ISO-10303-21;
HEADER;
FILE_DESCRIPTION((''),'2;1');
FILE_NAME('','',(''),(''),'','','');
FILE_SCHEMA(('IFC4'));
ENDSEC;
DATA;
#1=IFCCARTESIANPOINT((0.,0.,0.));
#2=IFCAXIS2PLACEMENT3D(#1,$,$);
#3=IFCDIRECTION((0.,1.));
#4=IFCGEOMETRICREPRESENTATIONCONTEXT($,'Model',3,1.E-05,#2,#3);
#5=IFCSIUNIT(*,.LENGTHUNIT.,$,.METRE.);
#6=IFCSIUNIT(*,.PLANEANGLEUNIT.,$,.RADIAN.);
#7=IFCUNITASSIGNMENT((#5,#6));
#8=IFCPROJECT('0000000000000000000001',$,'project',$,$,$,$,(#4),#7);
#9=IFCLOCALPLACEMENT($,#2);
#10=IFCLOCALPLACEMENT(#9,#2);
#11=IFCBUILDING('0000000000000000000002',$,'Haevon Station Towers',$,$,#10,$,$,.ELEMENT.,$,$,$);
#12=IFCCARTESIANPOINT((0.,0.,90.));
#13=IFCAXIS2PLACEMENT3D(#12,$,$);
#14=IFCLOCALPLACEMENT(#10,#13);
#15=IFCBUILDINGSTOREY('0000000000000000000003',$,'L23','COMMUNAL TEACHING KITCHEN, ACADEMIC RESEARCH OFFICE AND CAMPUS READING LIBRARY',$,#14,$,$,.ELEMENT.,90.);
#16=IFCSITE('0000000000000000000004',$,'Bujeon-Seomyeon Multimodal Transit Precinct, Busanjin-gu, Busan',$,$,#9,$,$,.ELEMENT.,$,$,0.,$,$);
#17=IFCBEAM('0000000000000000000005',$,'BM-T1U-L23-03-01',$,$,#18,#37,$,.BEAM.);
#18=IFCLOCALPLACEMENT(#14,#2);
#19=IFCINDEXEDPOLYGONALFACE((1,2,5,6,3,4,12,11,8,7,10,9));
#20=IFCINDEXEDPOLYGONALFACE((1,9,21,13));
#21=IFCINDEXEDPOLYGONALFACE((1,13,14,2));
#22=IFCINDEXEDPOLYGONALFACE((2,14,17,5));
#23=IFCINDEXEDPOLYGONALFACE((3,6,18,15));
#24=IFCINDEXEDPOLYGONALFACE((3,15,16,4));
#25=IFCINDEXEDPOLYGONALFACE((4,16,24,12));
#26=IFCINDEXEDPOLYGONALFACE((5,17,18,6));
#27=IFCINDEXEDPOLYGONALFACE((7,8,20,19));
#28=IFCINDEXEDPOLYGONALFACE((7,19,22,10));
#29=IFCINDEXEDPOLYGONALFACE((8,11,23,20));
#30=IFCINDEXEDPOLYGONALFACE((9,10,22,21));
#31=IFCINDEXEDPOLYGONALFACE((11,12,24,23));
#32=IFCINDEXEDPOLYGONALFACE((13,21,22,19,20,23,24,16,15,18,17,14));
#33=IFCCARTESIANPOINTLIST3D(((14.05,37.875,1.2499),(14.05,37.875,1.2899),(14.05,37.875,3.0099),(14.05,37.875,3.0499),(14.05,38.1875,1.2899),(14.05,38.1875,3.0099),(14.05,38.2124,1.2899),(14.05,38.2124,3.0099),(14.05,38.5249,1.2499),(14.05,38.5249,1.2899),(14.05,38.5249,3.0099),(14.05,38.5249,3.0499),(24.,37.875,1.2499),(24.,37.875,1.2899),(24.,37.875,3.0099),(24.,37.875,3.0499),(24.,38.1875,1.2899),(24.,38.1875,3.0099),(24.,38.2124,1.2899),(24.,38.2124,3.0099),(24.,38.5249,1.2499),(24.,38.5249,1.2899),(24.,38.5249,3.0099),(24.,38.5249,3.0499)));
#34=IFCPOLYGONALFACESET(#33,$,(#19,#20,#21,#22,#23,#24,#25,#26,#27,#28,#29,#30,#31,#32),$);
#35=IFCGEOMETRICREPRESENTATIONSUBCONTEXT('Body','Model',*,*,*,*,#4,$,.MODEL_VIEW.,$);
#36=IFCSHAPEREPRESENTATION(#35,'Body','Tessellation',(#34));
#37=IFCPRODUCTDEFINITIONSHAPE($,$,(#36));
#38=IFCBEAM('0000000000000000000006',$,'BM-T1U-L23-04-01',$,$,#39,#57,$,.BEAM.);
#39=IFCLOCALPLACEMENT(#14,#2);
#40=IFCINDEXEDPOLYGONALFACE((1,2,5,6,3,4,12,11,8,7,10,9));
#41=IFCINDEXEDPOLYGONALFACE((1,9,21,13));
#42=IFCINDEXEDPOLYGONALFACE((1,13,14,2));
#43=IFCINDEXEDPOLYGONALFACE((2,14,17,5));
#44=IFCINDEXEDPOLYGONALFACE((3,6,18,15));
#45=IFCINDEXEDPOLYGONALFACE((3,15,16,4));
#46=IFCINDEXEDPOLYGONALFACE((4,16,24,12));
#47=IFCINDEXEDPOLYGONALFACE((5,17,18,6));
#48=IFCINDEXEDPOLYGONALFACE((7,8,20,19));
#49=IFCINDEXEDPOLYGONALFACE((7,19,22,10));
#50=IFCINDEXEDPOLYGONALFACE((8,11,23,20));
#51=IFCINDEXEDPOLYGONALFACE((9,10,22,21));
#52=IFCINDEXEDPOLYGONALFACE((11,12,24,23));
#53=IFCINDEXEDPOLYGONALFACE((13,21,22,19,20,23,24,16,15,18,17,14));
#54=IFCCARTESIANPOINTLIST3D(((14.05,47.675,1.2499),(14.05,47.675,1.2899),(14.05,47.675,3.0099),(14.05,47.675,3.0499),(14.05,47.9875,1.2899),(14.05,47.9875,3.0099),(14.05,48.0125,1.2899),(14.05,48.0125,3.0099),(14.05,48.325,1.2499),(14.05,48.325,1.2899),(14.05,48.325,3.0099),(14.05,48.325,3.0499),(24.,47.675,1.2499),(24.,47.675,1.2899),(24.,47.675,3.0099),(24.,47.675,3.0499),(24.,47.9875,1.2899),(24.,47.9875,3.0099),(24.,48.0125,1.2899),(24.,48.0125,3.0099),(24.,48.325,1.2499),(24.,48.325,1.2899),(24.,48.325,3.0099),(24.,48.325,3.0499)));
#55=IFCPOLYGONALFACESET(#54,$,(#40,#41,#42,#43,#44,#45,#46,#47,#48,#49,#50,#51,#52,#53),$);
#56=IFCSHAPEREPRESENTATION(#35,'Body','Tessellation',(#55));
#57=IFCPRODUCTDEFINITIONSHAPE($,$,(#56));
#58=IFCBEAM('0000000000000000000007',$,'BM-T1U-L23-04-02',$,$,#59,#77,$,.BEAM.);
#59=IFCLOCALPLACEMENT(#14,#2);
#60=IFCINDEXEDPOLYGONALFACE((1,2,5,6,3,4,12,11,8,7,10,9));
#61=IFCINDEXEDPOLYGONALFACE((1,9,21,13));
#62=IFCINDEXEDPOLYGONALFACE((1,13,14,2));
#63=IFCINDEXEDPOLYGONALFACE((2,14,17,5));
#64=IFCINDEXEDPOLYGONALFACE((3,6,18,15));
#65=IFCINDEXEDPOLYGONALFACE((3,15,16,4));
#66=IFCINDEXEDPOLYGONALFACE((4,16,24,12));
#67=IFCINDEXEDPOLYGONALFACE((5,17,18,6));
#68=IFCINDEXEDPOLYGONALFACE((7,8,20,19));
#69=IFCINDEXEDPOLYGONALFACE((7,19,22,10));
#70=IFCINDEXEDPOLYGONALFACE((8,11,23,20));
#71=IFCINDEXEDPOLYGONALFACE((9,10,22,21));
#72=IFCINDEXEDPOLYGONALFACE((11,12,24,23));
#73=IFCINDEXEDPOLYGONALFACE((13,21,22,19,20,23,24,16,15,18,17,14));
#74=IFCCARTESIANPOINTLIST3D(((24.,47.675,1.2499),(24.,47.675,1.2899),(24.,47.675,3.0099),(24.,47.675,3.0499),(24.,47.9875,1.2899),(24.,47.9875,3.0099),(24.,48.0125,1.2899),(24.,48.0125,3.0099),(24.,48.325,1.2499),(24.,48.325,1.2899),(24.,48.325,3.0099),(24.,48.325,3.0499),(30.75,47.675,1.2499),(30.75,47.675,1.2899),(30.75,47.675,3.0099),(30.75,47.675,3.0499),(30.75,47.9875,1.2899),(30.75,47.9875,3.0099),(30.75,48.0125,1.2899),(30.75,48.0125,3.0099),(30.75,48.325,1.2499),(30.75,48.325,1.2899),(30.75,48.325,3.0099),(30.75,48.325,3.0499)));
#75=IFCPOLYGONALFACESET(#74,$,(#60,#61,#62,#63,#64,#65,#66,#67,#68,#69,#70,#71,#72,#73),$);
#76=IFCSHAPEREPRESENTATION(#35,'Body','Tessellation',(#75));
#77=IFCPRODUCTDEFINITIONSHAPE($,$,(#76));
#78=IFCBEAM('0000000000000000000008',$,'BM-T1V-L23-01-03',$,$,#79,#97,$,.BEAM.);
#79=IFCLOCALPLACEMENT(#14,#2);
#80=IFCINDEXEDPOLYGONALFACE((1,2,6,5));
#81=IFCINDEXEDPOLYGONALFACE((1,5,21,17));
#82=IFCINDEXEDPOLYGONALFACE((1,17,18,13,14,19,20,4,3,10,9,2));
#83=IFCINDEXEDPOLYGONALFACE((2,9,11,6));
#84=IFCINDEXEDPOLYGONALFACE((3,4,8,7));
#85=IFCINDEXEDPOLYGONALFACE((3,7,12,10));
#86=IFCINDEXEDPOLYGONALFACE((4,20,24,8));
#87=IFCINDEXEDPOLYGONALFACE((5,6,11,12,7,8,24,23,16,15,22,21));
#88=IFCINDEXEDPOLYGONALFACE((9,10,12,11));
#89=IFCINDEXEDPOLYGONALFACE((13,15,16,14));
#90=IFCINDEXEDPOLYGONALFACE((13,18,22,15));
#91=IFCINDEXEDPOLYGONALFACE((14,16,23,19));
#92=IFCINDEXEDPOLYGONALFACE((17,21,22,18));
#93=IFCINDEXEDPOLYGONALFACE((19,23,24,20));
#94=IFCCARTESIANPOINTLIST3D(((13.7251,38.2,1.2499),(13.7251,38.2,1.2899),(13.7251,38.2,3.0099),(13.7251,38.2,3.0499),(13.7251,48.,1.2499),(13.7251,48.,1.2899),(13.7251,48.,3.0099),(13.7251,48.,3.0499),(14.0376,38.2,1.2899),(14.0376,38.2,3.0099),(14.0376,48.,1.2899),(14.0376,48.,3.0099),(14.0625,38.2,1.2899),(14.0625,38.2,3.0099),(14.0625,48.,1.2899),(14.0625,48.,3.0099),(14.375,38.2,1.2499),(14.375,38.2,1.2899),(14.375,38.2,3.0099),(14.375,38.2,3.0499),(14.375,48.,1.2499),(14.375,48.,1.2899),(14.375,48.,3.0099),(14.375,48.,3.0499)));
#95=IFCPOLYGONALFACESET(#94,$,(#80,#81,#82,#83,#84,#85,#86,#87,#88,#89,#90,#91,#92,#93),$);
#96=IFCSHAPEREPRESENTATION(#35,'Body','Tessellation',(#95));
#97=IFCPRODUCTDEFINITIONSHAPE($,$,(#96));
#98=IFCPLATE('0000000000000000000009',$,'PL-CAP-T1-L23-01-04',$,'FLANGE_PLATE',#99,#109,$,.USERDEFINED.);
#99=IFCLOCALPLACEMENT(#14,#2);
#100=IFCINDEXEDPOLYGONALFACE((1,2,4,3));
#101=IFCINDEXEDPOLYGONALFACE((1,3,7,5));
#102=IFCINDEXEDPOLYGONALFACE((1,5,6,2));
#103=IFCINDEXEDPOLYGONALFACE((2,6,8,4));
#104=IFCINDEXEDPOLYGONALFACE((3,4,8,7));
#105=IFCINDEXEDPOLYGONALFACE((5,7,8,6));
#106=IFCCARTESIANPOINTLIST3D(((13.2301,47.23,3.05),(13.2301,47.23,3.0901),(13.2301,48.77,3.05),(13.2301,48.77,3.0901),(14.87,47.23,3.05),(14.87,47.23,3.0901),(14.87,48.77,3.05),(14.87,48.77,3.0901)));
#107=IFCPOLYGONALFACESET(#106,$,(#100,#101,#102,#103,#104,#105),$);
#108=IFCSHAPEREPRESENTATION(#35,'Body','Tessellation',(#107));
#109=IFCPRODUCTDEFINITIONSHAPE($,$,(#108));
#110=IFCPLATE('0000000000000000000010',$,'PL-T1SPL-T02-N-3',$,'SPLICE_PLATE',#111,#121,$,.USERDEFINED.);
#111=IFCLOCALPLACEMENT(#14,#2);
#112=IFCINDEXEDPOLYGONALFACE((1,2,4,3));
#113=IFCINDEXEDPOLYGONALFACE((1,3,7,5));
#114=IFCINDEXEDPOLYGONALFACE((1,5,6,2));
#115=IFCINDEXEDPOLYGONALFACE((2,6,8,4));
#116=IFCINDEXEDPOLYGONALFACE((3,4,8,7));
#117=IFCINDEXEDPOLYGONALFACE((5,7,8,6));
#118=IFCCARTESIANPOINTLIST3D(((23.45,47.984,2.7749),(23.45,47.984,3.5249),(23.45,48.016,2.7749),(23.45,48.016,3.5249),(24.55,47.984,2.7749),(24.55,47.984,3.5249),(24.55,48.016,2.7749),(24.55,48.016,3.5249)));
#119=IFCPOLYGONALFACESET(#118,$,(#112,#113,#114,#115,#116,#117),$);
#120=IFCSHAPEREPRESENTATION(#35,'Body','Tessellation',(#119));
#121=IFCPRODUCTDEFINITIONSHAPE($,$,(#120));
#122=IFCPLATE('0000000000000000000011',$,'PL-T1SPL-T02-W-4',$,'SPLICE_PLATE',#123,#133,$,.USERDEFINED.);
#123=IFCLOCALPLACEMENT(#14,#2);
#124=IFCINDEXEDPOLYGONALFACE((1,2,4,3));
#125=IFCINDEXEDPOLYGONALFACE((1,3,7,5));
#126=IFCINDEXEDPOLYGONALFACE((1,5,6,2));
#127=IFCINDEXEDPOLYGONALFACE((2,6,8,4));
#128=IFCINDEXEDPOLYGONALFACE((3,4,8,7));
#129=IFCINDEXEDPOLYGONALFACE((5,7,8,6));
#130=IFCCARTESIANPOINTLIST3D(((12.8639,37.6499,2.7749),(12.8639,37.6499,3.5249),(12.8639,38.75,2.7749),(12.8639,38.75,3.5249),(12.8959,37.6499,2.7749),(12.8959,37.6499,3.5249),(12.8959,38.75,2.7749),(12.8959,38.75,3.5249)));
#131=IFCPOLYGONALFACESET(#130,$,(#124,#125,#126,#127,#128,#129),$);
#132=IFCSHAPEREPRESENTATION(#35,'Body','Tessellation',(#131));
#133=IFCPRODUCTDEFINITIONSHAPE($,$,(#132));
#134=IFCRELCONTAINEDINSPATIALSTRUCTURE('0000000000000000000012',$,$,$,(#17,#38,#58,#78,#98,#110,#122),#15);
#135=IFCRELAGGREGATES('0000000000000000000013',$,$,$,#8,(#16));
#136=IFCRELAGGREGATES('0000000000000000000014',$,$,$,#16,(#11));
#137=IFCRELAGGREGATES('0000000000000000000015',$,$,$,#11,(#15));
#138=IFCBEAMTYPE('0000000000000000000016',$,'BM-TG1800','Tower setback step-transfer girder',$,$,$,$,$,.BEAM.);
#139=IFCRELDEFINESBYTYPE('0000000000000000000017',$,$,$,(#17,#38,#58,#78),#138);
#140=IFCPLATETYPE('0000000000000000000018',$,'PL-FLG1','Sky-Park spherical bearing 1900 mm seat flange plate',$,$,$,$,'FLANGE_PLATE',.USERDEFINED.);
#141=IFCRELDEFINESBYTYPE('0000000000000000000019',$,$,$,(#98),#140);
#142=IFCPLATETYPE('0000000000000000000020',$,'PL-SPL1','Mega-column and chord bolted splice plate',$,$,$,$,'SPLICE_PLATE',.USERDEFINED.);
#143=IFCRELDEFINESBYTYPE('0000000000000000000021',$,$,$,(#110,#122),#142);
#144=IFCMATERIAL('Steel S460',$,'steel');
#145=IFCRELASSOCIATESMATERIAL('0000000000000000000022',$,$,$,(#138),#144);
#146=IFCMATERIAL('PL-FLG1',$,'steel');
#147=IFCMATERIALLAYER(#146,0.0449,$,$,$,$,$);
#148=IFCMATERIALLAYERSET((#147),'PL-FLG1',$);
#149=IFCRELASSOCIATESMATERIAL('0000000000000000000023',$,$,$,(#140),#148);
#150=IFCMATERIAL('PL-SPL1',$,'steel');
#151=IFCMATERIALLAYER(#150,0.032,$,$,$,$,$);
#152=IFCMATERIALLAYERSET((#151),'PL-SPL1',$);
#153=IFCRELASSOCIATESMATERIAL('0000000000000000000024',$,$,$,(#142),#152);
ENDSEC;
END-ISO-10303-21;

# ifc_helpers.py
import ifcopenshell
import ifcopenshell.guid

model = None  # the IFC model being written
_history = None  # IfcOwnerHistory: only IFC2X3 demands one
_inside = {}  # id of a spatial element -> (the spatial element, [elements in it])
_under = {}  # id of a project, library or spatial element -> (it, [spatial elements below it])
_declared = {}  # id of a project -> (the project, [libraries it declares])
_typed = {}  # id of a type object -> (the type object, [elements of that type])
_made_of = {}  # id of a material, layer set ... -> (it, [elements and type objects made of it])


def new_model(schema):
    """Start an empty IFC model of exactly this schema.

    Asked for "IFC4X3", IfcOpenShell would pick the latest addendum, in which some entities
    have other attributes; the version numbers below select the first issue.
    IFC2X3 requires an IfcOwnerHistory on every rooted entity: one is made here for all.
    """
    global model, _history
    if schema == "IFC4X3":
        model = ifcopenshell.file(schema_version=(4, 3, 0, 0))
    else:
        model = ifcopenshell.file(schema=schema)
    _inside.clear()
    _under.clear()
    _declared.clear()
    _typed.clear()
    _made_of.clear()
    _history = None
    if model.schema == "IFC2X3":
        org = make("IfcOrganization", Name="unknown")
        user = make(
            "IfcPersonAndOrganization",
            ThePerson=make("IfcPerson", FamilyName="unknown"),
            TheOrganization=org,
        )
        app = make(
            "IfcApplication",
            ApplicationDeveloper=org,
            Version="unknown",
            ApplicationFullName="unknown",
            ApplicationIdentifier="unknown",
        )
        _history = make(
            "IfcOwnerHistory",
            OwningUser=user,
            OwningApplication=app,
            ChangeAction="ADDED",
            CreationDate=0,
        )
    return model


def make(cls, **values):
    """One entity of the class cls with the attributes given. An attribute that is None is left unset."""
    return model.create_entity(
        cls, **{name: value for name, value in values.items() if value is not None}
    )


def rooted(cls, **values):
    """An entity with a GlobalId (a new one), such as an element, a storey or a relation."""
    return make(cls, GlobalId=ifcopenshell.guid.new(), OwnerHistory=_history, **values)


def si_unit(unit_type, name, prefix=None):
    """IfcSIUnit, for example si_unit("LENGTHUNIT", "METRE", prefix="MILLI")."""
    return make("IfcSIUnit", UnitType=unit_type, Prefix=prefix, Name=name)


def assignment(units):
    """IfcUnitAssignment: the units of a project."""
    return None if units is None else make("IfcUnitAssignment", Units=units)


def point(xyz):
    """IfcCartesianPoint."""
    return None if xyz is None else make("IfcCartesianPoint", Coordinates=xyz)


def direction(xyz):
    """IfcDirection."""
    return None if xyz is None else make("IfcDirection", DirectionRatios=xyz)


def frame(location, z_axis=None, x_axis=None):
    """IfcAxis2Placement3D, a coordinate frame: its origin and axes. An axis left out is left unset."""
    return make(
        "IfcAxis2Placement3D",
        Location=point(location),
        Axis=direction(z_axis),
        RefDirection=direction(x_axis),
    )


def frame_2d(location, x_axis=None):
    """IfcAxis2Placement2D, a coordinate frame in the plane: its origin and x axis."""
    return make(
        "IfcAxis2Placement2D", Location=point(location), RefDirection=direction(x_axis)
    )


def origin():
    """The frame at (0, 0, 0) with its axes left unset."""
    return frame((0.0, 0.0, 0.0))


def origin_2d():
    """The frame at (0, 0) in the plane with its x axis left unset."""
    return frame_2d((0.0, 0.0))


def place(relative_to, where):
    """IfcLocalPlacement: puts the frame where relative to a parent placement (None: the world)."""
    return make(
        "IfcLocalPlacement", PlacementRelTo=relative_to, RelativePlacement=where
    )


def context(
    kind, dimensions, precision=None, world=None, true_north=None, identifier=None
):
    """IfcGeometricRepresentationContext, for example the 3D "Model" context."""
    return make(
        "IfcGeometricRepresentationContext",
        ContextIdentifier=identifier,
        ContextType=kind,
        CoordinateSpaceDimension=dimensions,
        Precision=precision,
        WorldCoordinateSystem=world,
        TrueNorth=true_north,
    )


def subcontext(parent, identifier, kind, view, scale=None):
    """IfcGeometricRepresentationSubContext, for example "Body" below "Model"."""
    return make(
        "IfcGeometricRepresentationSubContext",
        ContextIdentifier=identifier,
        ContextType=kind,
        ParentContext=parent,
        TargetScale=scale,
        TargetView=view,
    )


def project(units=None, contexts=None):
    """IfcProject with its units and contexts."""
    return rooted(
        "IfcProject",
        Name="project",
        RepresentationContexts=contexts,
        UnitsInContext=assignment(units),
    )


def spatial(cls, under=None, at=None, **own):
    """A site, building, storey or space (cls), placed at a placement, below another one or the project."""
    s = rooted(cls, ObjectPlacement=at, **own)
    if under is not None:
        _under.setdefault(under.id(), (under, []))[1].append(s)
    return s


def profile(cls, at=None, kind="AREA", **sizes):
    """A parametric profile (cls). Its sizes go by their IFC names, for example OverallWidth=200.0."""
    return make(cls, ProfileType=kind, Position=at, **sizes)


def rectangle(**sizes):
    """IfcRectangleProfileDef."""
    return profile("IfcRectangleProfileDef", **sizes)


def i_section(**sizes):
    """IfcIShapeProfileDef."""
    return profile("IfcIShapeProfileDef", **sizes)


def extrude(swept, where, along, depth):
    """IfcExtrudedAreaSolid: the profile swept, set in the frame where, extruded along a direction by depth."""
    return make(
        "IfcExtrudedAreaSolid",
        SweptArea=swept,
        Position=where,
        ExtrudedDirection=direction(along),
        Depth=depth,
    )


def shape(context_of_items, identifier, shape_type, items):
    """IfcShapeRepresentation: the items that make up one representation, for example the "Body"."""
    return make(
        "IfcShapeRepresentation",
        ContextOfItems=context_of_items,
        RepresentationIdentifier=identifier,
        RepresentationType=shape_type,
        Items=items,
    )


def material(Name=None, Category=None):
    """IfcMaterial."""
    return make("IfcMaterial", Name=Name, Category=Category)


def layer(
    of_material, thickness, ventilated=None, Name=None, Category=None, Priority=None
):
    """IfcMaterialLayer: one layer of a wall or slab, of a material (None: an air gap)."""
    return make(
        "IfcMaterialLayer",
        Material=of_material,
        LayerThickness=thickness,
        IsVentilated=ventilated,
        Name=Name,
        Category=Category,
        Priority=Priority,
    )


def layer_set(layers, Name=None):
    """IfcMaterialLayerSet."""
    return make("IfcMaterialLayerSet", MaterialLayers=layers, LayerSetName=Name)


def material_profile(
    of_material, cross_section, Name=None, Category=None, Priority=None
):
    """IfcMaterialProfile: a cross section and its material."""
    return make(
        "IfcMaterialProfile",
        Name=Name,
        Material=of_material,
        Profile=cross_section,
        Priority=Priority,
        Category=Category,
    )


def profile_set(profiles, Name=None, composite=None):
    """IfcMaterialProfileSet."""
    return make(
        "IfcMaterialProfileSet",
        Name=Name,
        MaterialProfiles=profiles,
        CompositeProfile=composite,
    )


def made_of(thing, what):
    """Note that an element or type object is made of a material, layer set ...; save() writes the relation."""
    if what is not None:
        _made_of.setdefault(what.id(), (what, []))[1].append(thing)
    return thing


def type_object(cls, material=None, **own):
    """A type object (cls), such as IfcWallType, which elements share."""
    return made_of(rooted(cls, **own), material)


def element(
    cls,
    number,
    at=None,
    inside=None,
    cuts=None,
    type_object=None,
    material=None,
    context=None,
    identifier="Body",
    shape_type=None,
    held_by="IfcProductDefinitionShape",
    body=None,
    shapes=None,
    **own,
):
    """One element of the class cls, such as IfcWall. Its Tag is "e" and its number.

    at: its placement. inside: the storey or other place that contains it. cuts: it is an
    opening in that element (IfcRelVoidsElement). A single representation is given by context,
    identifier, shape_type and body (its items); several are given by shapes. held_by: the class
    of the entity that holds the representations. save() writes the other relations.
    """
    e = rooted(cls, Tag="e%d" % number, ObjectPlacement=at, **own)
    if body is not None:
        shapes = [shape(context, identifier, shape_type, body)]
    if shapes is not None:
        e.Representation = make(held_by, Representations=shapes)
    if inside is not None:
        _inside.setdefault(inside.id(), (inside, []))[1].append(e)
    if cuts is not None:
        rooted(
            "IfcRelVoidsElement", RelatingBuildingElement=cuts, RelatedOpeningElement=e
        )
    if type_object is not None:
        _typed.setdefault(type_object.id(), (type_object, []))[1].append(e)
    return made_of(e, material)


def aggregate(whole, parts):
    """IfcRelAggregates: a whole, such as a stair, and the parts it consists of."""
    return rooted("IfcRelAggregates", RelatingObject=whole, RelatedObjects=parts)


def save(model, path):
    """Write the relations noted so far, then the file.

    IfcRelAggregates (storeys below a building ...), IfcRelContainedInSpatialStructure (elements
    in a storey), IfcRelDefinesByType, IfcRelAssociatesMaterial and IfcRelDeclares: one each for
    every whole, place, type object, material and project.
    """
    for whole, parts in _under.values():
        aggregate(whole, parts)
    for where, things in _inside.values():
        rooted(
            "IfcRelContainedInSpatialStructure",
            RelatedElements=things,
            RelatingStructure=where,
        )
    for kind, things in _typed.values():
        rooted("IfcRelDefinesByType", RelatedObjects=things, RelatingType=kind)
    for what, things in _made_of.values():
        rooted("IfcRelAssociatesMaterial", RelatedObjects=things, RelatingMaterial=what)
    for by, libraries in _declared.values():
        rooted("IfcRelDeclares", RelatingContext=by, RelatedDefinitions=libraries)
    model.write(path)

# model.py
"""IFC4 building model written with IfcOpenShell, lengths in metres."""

from ifc_helpers import new_model, si_unit, direction, frame, origin, origin_2d, place, context, subcontext, project, spatial, rectangle, i_section, extrude, material, layer, layer_set, material_profile, profile_set, type_object, element, save


model = new_model("IFC4")

# Units and contexts
model_context = context("Model", 3, precision=1e-05, world=origin(), true_north=direction((0.0, 1.0)))
body_context = subcontext(model_context, "Body", "Model", "MODEL_VIEW")
ifc_project = project(units=[si_unit("LENGTHUNIT", "METRE"), si_unit("PLANEANGLEUNIT", "RADIAN")], contexts=[model_context])

# Site, building, storey
site_placement = place(None, origin())
site = spatial("IfcSite", under=ifc_project, at=site_placement, Name="Bujeon-Seomyeon Multimodal Transit Precinct, Busanjin-gu, Busan", CompositionType="ELEMENT", RefElevation=0.0)
building_placement = place(site_placement, origin())
building = spatial("IfcBuilding", under=site, at=building_placement, Name="Haevon Station Towers", CompositionType="ELEMENT")
storey_placement = place(building_placement, frame((0.0, 0.0, 90.0)))
storey = spatial("IfcBuildingStorey", under=building, at=storey_placement, Name="L23", Description="COMMUNAL TEACHING KITCHEN, ACADEMIC RESEARCH OFFICE AND CAMPUS READING LIBRARY", CompositionType="ELEMENT", Elevation=90.0)

# Shared definitions
ifc_material_1 = material(Name="Steel S460", Category="steel")

# Beams
ifc_material_profile_1 = material_profile(ifc_material_1, i_section(OverallWidth=0.6499, OverallDepth=1.8, WebThickness=0.0249, FlangeThickness=0.04, at=origin_2d()), Name="H-1800x650x25x40")
ifc_profile_set_1 = profile_set([ifc_material_profile_1], Name="Steel S460")
beam_type_1 = type_object("IfcBeamType", Name="BM-TG1800", Description="Tower setback step-transfer girder", PredefinedType="BEAM", material=ifc_profile_set_1)
for number, where, z_axis, x_axis, name in (
    (1, (14.05, 38.2, 2.1499), (1.0, 0.0, 0.0), (0.0, 1.0, 0.0), "BM-T1U-L23-03-01"),
    (2, (14.05, 48.0, 2.1499), (1.0, 0.0, 0.0), (0.0, 1.0, 0.0), "BM-T1U-L23-04-01"),
):
    element("IfcBeam", number, at=place(storey_placement, frame(where, z_axis=z_axis, x_axis=x_axis)), inside=storey, type_object=beam_type_1, Name=name, PredefinedType="BEAM", context=body_context, shape_type="SweptSolid", body=[
        extrude(i_section(OverallWidth=0.6499, OverallDepth=1.8, WebThickness=0.0249, FlangeThickness=0.04, at=origin_2d()), origin(), (0.0, 0.0, 1.0), 9.95),
    ])
beam_1_placement = place(storey_placement, frame((24.0, 48.0, 2.1499), z_axis=(1.0, 0.0, 0.0), x_axis=(0.0, 1.0, 0.0)))
element("IfcBeam", 3, at=beam_1_placement, inside=storey, type_object=beam_type_1, Name="BM-T1U-L23-04-02", PredefinedType="BEAM", context=body_context, shape_type="SweptSolid", body=[
    extrude(i_section(OverallWidth=0.6499, OverallDepth=1.8, WebThickness=0.0249, FlangeThickness=0.04, at=origin_2d()), origin(), (0.0, 0.0, 1.0), 6.75),
])
beam_2_placement = place(storey_placement, frame((14.05, 38.2, 2.1499), z_axis=(0.0, 1.0, 0.0), x_axis=(-1.0, 0.0, 0.0)))
element("IfcBeam", 4, at=beam_2_placement, inside=storey, type_object=beam_type_1, Name="BM-T1V-L23-01-03", PredefinedType="BEAM", context=body_context, shape_type="SweptSolid", body=[
    extrude(i_section(OverallWidth=0.6499, OverallDepth=1.8, WebThickness=0.0249, FlangeThickness=0.04, at=origin_2d()), origin(), (0.0, 0.0, 1.0), 9.8),
])

# Plates
ifc_material_2 = material(Name="PL-FLG1", Category="steel")
ifc_layer_1 = layer(ifc_material_2, 0.0449)
ifc_layer_set_1 = layer_set([ifc_layer_1], Name="PL-FLG1")
plate_type_1 = type_object("IfcPlateType", Name="PL-FLG1", Description="Sky-Park spherical bearing 1900 mm seat flange plate", ElementType="FLANGE_PLATE", PredefinedType="USERDEFINED", material=ifc_layer_set_1)
plate_placement = place(storey_placement, frame((14.05, 48.0, 3.05), z_axis=(0.0, 0.0, 1.0), x_axis=(1.0, 0.0, 0.0)))
element("IfcPlate", 5, at=plate_placement, inside=storey, type_object=plate_type_1, Name="PL-CAP-T1-L23-01-04", ObjectType="FLANGE_PLATE", PredefinedType="USERDEFINED", context=body_context, shape_type="SweptSolid", body=[
    extrude(rectangle(XDim=1.6399, YDim=1.54, at=origin_2d()), origin(), (0.0, 0.0, 1.0), 0.04),
])
ifc_material_3 = material(Name="PL-SPL1", Category="steel")
ifc_layer_2 = layer(ifc_material_3, 0.032)
ifc_layer_set_2 = layer_set([ifc_layer_2], Name="PL-SPL1")
plate_type_2 = type_object("IfcPlateType", Name="PL-SPL1", Description="Mega-column and chord bolted splice plate", ElementType="SPLICE_PLATE", PredefinedType="USERDEFINED", material=ifc_layer_set_2)
for number, where, z_axis, x_axis, name in (
    (6, (24.0, 48.0, 2.7749), (0.0, 0.0, 1.0), (1.0, 0.0, 0.0), "PL-T1SPL-T02-N-3"),
    (7, (12.8799, 38.2, 2.7749), (0.0, 0.0, 1.0), (0.0, 1.0, 0.0), "PL-T1SPL-T02-W-4"),
):
    element("IfcPlate", number, at=place(storey_placement, frame(where, z_axis=z_axis, x_axis=x_axis)), inside=storey, type_object=plate_type_2, Name=name, ObjectType="SPLICE_PLATE", PredefinedType="USERDEFINED", context=body_context, shape_type="SweptSolid", body=[
        extrude(rectangle(XDim=1.1001, YDim=0.032, at=origin_2d()), origin(), (0.0, 0.0, 1.0), 0.75),
    ])

save(model, "model.ifc")
